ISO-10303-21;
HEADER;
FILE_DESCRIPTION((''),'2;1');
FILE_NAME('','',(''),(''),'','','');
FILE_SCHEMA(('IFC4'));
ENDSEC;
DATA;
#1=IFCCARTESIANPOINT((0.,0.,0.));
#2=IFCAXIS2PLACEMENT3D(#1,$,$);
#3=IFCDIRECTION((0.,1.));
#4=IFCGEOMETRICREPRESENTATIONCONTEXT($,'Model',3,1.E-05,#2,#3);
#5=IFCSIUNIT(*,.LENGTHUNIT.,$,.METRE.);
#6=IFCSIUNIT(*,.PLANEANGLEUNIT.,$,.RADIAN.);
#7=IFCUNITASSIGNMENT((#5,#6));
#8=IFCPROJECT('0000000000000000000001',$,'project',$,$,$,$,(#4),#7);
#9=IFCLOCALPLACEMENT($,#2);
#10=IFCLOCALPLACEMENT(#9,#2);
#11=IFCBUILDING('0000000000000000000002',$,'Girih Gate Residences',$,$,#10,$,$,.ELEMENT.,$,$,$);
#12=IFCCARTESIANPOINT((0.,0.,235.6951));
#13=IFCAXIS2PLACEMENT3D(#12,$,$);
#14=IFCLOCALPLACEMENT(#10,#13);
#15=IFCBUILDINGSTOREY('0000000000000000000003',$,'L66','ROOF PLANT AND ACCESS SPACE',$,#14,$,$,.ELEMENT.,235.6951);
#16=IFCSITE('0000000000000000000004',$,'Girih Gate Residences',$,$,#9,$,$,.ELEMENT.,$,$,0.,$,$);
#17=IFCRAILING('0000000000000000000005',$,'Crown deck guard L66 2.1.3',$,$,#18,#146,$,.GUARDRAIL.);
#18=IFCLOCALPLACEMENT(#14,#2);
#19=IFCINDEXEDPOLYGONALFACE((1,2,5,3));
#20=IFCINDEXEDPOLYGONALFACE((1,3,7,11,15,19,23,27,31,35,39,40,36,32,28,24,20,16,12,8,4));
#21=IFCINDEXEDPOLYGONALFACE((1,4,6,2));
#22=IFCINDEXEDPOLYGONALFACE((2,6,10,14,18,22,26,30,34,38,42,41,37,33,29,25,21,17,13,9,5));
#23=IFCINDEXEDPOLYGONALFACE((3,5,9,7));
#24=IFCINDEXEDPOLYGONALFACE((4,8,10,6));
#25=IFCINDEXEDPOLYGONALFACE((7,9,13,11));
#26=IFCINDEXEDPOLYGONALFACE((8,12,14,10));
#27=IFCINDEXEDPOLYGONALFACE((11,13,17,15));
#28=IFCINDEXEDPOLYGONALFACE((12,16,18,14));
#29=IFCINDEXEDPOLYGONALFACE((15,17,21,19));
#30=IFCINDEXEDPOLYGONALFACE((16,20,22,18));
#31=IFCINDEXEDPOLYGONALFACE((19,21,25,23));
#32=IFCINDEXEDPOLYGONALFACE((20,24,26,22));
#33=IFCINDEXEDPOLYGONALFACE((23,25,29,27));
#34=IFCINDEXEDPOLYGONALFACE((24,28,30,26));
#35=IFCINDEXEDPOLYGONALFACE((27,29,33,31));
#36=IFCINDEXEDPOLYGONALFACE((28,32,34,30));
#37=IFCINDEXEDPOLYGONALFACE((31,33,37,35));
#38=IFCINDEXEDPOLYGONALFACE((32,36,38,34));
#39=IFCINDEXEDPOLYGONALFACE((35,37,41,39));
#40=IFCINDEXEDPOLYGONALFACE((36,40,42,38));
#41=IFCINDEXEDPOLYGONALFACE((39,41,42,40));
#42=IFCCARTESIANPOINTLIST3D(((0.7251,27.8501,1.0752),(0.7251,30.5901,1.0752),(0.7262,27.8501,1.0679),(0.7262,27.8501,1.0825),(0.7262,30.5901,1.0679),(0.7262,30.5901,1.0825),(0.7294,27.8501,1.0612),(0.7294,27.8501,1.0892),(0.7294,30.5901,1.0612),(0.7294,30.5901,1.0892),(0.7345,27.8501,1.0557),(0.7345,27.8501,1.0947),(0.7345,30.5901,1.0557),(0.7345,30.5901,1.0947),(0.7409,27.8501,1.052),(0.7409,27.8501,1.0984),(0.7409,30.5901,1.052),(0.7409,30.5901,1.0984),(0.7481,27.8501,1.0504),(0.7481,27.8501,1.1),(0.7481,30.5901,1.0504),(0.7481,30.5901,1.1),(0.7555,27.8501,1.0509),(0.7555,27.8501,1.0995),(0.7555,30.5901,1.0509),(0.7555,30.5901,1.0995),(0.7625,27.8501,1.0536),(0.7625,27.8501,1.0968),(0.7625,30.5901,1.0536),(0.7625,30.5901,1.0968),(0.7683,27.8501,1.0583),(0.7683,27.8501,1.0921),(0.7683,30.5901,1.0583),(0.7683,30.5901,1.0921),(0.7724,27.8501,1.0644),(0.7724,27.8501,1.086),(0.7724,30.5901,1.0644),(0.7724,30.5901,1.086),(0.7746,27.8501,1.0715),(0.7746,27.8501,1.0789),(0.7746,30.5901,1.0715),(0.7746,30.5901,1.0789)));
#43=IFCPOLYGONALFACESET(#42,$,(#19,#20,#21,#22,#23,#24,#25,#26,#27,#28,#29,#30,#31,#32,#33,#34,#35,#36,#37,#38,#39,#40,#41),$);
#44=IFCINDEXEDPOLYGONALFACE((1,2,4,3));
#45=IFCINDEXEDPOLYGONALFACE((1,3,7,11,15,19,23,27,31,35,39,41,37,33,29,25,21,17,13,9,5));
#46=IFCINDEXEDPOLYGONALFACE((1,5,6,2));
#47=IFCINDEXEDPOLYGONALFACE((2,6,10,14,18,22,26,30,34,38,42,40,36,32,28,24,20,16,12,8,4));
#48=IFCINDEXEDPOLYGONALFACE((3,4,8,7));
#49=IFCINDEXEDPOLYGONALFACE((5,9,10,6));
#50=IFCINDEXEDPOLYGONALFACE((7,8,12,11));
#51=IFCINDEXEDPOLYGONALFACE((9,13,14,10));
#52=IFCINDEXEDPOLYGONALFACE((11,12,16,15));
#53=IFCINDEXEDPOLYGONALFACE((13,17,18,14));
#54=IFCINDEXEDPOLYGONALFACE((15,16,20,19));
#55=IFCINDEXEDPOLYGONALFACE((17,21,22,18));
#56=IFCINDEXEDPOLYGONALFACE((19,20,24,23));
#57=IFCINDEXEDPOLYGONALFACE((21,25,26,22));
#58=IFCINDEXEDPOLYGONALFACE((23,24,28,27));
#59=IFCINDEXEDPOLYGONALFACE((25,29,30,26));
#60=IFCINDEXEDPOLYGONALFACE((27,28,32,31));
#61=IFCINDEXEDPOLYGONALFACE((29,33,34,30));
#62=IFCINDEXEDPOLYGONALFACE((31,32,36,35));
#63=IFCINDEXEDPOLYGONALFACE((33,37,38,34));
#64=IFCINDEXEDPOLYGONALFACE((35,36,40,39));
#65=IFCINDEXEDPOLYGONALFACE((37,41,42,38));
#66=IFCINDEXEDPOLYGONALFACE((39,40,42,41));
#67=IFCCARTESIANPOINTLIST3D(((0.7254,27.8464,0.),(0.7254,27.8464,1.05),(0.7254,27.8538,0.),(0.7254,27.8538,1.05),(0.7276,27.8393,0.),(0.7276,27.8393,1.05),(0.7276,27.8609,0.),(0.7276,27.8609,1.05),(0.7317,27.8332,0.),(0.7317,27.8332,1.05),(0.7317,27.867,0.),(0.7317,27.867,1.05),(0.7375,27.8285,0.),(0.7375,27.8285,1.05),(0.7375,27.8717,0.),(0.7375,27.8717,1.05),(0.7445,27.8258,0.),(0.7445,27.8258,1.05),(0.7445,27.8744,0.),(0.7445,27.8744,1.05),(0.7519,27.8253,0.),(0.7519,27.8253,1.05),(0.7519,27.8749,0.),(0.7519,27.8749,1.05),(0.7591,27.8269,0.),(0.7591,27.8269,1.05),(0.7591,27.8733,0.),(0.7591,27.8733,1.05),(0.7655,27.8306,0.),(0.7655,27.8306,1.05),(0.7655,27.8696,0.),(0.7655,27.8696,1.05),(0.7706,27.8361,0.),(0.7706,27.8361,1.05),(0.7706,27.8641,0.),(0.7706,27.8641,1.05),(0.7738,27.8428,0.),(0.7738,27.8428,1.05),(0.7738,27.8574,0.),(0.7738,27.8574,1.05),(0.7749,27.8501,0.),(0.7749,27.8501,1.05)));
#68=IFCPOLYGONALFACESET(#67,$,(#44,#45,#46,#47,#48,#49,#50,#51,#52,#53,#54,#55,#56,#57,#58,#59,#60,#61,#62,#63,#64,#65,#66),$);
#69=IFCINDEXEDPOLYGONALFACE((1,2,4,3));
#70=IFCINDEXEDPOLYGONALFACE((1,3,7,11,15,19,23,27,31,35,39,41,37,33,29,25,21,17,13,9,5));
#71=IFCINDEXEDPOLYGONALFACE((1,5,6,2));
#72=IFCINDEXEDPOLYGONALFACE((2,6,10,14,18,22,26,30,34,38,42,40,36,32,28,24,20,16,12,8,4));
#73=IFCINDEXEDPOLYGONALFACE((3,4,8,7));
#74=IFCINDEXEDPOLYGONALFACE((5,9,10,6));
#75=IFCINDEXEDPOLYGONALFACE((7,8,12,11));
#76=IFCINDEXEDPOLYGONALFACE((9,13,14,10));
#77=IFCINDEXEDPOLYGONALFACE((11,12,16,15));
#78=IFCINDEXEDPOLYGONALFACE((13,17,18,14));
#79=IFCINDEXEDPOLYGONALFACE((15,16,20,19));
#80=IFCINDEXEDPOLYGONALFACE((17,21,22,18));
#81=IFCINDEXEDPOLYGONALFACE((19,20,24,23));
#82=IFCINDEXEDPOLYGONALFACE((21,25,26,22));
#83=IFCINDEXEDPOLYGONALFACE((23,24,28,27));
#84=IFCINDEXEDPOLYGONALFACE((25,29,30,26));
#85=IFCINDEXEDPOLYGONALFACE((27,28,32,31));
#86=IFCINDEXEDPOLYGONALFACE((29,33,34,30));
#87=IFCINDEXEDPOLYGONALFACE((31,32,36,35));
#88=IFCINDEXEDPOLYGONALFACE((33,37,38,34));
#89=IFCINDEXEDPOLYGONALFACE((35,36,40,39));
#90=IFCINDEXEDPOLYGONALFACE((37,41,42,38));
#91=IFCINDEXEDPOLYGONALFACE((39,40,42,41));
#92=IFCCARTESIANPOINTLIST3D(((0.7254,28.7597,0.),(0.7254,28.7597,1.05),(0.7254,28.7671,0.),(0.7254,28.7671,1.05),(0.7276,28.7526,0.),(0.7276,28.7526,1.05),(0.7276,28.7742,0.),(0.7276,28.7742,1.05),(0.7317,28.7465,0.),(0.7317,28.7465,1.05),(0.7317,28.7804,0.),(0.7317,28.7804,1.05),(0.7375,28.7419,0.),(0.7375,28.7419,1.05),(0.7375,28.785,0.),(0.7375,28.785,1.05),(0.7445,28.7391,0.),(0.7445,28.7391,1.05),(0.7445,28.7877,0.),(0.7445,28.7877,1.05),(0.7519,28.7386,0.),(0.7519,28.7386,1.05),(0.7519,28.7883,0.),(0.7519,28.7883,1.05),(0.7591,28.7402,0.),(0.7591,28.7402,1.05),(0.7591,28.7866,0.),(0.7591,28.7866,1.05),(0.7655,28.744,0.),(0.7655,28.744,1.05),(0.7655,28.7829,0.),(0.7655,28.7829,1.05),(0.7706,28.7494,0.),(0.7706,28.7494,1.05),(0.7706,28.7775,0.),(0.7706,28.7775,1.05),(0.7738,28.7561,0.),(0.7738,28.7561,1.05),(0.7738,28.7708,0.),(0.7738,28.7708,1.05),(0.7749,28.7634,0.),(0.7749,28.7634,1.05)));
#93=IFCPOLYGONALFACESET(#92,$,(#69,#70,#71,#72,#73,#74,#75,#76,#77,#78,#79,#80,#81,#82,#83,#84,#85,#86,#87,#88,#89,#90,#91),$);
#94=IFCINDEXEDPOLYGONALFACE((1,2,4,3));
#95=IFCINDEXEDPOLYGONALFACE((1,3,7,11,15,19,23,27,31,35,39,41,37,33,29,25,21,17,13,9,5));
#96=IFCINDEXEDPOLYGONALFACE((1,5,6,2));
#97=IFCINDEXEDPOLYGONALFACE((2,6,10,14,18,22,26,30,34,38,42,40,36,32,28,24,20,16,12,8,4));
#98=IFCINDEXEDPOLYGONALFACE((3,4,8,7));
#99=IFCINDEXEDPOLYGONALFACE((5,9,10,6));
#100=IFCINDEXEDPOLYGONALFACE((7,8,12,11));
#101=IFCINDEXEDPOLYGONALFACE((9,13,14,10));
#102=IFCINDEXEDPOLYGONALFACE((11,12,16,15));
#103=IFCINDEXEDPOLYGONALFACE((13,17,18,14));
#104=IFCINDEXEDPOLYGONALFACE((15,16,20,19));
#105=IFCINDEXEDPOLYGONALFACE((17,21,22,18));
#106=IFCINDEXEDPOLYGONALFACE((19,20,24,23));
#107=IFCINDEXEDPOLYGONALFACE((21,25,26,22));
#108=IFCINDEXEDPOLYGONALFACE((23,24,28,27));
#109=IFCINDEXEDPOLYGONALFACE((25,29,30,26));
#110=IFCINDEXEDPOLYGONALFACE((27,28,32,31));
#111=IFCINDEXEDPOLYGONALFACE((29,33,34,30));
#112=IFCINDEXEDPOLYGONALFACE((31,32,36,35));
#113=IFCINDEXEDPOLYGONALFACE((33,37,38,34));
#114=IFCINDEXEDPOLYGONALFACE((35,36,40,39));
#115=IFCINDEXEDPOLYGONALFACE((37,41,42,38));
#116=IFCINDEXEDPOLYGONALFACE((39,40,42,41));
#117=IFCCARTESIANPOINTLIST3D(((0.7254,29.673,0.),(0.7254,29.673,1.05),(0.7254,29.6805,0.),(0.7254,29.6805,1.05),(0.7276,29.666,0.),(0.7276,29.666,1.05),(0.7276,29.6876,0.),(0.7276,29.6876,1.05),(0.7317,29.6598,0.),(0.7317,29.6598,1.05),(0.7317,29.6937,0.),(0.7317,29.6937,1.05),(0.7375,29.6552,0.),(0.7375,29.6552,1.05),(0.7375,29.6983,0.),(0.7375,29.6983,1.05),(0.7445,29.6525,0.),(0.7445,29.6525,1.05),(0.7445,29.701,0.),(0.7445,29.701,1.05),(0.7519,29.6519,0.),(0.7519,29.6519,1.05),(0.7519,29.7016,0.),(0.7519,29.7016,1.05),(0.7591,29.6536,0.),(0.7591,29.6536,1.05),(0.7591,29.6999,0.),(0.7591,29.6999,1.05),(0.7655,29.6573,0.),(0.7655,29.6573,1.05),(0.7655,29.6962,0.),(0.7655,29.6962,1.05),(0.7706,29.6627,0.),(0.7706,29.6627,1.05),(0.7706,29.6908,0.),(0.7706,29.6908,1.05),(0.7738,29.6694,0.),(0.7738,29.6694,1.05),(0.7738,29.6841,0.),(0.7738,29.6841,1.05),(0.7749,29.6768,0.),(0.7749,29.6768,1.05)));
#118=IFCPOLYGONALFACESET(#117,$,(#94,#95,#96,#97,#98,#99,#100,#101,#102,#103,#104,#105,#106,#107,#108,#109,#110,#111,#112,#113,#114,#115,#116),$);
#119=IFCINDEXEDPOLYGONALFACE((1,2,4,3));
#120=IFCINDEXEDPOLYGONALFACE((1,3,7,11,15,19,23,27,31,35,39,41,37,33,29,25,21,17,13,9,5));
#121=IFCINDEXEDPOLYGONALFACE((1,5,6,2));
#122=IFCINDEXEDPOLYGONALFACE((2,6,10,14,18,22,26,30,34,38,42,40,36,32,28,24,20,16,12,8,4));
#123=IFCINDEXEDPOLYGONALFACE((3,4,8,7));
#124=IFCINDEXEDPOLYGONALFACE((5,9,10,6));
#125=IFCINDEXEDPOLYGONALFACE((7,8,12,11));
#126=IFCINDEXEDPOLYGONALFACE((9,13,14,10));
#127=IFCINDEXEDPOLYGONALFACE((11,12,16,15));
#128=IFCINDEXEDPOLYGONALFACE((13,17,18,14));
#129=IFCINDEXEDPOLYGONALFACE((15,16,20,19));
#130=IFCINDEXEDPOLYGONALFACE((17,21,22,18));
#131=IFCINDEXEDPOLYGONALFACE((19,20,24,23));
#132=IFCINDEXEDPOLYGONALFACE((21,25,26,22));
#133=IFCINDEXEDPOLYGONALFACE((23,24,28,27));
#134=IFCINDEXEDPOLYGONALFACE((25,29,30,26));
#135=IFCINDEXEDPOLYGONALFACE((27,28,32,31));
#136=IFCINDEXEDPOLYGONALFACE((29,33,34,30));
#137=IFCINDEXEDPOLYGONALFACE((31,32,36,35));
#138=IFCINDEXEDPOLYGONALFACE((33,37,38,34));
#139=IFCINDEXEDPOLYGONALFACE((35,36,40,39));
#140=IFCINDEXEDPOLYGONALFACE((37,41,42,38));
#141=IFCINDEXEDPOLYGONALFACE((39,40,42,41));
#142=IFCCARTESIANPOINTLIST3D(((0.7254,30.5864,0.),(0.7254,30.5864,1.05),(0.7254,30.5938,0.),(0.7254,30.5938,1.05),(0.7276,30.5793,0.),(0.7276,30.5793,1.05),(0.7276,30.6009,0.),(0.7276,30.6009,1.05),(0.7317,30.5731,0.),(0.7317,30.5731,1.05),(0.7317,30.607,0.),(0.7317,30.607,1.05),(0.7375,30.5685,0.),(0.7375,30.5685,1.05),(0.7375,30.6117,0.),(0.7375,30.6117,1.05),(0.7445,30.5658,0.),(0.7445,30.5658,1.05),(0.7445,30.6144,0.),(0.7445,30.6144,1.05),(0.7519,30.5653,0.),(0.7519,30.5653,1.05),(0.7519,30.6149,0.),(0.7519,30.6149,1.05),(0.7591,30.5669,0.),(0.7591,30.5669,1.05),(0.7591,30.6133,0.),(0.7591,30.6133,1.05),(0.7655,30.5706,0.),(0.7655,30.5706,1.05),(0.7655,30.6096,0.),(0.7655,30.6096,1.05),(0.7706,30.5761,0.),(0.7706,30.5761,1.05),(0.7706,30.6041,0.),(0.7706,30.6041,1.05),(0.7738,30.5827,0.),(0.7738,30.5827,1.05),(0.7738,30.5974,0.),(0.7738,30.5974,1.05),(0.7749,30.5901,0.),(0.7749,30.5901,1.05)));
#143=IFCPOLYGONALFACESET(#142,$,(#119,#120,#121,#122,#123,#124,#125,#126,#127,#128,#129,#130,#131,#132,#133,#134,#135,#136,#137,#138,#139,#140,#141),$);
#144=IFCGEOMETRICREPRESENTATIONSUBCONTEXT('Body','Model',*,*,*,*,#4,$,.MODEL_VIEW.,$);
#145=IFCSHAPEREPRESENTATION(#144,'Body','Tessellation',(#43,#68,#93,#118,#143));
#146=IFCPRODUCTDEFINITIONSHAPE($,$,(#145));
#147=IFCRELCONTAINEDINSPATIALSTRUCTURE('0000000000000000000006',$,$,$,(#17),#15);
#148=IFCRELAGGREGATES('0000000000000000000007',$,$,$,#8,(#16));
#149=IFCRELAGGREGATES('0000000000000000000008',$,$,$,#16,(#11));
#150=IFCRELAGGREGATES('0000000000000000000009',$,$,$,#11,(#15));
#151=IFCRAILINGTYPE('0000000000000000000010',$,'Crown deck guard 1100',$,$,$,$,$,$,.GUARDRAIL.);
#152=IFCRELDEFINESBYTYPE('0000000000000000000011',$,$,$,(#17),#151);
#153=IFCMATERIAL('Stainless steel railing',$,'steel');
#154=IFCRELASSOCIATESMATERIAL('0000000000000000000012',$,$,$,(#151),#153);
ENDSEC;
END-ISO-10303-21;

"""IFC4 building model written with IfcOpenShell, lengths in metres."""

from ifc_helpers import new_model, si_unit, direction, frame, origin, origin_2d, place, context, subcontext, project, spatial, circle, extrude, material, type_object, element, save


model = new_model("IFC4")

# Units and contexts
model_context = context("Model", 3, precision=1e-05, world=origin(), true_north=direction((0.0, 1.0)))
body_context = subcontext(model_context, "Body", "Model", "MODEL_VIEW")
ifc_project = project(units=[si_unit("LENGTHUNIT", "METRE"), si_unit("PLANEANGLEUNIT", "RADIAN")], contexts=[model_context])

# Site, building, storey
site_placement = place(None, origin())
site = spatial("IfcSite", under=ifc_project, at=site_placement, Name="Girih Gate Residences", CompositionType="ELEMENT", RefElevation=0.0)
building_placement = place(site_placement, origin())
building = spatial("IfcBuilding", under=site, at=building_placement, Name="Girih Gate Residences", CompositionType="ELEMENT")
storey_placement = place(building_placement, frame((0.0, 0.0, 235.6951)))
storey = spatial("IfcBuildingStorey", under=building, at=storey_placement, Name="L66", Description="ROOF PLANT AND ACCESS SPACE", CompositionType="ELEMENT", Elevation=235.6951)

# Railing
ifc_material_1 = material(Name="Stainless steel railing", Category="steel")
railing_type_1 = type_object("IfcRailingType", Name="Crown deck guard 1100", PredefinedType="GUARDRAIL", material=ifc_material_1)
railing_1_placement = place(storey_placement, frame((0.75, 27.8501, 0.0)))
element("IfcRailing", 1, at=railing_1_placement, inside=storey, type_object=railing_type_1, Name="Crown deck guard L66 2.1.3", PredefinedType="GUARDRAIL", context=body_context, shape_type="SweptSolid", body=[
    extrude(circle(Radius=0.0249, at=origin_2d()), frame((0.0, 0.0, 1.0752), z_axis=(0.0, 1.0, 0.0), x_axis=(-1.0, 0.0, 0.0)), (0.0, 0.0, 1.0), 2.74),
    extrude(circle(Radius=0.0249, at=origin_2d()), origin(), (0.0, 0.0, 1.0), 1.05),
    extrude(circle(Radius=0.0249, at=origin_2d()), frame((0.0, 0.9133, 0.0)), (0.0, 0.0, 1.0), 1.05),
    extrude(circle(Radius=0.0249, at=origin_2d()), frame((0.0, 1.8267, 0.0)), (0.0, 0.0, 1.0), 1.05),
    extrude(circle(Radius=0.0249, at=origin_2d()), frame((0.0, 2.74, 0.0)), (0.0, 0.0, 1.0), 1.05),
])

save(model, "model.ifc")
